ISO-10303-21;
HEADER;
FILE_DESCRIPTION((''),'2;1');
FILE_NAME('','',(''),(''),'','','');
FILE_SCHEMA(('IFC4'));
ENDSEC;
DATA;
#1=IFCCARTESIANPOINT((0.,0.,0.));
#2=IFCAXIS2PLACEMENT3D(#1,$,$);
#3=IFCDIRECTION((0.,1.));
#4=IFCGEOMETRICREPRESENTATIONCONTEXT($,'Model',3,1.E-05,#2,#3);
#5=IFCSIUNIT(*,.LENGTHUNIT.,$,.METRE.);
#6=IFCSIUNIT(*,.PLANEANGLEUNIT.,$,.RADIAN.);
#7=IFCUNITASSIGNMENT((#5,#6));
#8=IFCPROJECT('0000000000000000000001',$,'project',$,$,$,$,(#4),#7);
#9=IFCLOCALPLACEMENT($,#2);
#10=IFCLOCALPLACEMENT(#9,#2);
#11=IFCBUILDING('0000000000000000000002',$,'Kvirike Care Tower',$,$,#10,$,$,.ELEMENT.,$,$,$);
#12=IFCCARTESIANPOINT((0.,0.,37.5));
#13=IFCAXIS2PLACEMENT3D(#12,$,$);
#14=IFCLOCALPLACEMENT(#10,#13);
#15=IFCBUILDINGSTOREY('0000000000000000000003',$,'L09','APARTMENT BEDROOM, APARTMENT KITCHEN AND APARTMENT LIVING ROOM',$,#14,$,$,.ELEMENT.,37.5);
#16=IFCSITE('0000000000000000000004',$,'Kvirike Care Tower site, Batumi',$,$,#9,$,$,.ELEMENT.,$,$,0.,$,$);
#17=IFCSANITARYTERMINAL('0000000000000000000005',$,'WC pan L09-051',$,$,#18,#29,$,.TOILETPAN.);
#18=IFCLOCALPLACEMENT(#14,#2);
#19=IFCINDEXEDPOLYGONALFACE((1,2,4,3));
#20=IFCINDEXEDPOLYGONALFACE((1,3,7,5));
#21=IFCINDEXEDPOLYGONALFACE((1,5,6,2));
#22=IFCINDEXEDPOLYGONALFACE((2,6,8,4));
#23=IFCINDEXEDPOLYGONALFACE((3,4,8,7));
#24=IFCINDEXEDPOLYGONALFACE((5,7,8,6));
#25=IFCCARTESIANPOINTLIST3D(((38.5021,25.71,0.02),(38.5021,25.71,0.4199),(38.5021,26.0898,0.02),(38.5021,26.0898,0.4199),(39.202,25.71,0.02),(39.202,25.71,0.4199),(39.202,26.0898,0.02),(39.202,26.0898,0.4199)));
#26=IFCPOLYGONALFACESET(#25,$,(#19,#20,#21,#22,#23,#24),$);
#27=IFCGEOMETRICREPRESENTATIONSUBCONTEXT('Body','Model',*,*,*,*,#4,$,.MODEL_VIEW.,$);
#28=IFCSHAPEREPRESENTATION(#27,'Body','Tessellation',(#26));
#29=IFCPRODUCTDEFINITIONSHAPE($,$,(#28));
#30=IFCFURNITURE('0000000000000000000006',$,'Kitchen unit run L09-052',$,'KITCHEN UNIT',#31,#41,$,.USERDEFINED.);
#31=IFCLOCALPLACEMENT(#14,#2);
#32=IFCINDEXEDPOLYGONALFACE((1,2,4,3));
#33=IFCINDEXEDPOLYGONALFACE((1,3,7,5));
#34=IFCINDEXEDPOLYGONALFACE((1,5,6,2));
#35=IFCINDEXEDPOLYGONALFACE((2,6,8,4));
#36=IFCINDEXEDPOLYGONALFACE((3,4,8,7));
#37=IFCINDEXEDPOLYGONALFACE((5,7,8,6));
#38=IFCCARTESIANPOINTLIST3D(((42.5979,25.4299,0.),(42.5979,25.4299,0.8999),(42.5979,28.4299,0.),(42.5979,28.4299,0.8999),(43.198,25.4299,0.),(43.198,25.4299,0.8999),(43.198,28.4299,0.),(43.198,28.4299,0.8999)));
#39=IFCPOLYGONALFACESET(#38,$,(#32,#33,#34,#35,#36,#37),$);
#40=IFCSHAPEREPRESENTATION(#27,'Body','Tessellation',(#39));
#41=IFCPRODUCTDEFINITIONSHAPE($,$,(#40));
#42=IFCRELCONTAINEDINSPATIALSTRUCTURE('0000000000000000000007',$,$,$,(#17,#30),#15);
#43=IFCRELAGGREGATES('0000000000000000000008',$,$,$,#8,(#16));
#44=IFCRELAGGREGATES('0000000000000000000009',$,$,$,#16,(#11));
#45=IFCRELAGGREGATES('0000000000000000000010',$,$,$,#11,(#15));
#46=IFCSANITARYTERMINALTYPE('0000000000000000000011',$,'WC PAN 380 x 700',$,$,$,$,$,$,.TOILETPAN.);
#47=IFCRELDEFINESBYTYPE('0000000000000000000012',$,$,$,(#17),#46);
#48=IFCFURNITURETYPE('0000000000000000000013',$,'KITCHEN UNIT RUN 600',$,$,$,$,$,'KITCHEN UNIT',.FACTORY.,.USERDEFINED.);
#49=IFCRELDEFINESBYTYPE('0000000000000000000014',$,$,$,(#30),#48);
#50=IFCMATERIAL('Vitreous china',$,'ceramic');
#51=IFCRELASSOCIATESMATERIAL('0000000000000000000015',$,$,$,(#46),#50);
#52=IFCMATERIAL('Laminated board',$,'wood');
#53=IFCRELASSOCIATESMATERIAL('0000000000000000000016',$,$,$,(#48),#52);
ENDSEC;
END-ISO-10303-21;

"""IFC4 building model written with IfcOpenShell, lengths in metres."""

from ifc_helpers import new_model, si_unit, direction, frame, origin, origin_2d, place, context, subcontext, project, spatial, rectangle, extrude, material, type_object, element, save


model = new_model("IFC4")

# Units and contexts
model_context = context("Model", 3, precision=1e-05, world=origin(), true_north=direction((0.0, 1.0)))
body_context = subcontext(model_context, "Body", "Model", "MODEL_VIEW")
ifc_project = project(units=[si_unit("LENGTHUNIT", "METRE"), si_unit("PLANEANGLEUNIT", "RADIAN")], contexts=[model_context])

# Site, building, storey
site_placement = place(None, origin())
site = spatial("IfcSite", under=ifc_project, at=site_placement, Name="Kvirike Care Tower site, Batumi", CompositionType="ELEMENT", RefElevation=0.0)
building_placement = place(site_placement, origin())
building = spatial("IfcBuilding", under=site, at=building_placement, Name="Kvirike Care Tower", CompositionType="ELEMENT")
storey_placement = place(building_placement, frame((0.0, 0.0, 37.5)))
storey = spatial("IfcBuildingStorey", under=building, at=storey_placement, Name="L09", Description="APARTMENT BEDROOM, APARTMENT KITCHEN AND APARTMENT LIVING ROOM", CompositionType="ELEMENT", Elevation=37.5)

# Sanitary terminal
ifc_material_1 = material(Name="Vitreous china", Category="ceramic")
sanitary_terminal_type_1 = type_object("IfcSanitaryTerminalType", Name="WC PAN 380 x 700", PredefinedType="TOILETPAN", material=ifc_material_1)
sanitary_terminal_1_placement = place(storey_placement, frame((38.8521, 25.8999, 0.02), z_axis=(0.0, 0.0, 1.0), x_axis=(0.0, 1.0, 0.0)))
element("IfcSanitaryTerminal", 1, at=sanitary_terminal_1_placement, inside=storey, type_object=sanitary_terminal_type_1, Name="WC pan L09-051", PredefinedType="TOILETPAN", context=body_context, shape_type="SweptSolid", body=[
    extrude(rectangle(XDim=0.3799, YDim=0.7, at=origin_2d()), origin(), (0.0, 0.0, 1.0), 0.3999),
])

# Furniture
ifc_material_2 = material(Name="Laminated board", Category="wood")
furniture_type = type_object("IfcFurnitureType", Name="KITCHEN UNIT RUN 600", ElementType="KITCHEN UNIT", AssemblyPlace="FACTORY", PredefinedType="USERDEFINED", material=ifc_material_2)
furniture_placement = place(storey_placement, frame((42.8979, 26.9299, 0.0), z_axis=(0.0, 0.0, 1.0), x_axis=(0.0, -1.0, 0.0)))
element("IfcFurniture", 2, at=furniture_placement, inside=storey, type_object=furniture_type, Name="Kitchen unit run L09-052", ObjectType="KITCHEN UNIT", PredefinedType="USERDEFINED", context=body_context, shape_type="SweptSolid", body=[
    extrude(rectangle(XDim=3.0, YDim=0.6001, at=origin_2d()), origin(), (0.0, 0.0, 1.0), 0.8999),
])

save(model, "model.ifc")
